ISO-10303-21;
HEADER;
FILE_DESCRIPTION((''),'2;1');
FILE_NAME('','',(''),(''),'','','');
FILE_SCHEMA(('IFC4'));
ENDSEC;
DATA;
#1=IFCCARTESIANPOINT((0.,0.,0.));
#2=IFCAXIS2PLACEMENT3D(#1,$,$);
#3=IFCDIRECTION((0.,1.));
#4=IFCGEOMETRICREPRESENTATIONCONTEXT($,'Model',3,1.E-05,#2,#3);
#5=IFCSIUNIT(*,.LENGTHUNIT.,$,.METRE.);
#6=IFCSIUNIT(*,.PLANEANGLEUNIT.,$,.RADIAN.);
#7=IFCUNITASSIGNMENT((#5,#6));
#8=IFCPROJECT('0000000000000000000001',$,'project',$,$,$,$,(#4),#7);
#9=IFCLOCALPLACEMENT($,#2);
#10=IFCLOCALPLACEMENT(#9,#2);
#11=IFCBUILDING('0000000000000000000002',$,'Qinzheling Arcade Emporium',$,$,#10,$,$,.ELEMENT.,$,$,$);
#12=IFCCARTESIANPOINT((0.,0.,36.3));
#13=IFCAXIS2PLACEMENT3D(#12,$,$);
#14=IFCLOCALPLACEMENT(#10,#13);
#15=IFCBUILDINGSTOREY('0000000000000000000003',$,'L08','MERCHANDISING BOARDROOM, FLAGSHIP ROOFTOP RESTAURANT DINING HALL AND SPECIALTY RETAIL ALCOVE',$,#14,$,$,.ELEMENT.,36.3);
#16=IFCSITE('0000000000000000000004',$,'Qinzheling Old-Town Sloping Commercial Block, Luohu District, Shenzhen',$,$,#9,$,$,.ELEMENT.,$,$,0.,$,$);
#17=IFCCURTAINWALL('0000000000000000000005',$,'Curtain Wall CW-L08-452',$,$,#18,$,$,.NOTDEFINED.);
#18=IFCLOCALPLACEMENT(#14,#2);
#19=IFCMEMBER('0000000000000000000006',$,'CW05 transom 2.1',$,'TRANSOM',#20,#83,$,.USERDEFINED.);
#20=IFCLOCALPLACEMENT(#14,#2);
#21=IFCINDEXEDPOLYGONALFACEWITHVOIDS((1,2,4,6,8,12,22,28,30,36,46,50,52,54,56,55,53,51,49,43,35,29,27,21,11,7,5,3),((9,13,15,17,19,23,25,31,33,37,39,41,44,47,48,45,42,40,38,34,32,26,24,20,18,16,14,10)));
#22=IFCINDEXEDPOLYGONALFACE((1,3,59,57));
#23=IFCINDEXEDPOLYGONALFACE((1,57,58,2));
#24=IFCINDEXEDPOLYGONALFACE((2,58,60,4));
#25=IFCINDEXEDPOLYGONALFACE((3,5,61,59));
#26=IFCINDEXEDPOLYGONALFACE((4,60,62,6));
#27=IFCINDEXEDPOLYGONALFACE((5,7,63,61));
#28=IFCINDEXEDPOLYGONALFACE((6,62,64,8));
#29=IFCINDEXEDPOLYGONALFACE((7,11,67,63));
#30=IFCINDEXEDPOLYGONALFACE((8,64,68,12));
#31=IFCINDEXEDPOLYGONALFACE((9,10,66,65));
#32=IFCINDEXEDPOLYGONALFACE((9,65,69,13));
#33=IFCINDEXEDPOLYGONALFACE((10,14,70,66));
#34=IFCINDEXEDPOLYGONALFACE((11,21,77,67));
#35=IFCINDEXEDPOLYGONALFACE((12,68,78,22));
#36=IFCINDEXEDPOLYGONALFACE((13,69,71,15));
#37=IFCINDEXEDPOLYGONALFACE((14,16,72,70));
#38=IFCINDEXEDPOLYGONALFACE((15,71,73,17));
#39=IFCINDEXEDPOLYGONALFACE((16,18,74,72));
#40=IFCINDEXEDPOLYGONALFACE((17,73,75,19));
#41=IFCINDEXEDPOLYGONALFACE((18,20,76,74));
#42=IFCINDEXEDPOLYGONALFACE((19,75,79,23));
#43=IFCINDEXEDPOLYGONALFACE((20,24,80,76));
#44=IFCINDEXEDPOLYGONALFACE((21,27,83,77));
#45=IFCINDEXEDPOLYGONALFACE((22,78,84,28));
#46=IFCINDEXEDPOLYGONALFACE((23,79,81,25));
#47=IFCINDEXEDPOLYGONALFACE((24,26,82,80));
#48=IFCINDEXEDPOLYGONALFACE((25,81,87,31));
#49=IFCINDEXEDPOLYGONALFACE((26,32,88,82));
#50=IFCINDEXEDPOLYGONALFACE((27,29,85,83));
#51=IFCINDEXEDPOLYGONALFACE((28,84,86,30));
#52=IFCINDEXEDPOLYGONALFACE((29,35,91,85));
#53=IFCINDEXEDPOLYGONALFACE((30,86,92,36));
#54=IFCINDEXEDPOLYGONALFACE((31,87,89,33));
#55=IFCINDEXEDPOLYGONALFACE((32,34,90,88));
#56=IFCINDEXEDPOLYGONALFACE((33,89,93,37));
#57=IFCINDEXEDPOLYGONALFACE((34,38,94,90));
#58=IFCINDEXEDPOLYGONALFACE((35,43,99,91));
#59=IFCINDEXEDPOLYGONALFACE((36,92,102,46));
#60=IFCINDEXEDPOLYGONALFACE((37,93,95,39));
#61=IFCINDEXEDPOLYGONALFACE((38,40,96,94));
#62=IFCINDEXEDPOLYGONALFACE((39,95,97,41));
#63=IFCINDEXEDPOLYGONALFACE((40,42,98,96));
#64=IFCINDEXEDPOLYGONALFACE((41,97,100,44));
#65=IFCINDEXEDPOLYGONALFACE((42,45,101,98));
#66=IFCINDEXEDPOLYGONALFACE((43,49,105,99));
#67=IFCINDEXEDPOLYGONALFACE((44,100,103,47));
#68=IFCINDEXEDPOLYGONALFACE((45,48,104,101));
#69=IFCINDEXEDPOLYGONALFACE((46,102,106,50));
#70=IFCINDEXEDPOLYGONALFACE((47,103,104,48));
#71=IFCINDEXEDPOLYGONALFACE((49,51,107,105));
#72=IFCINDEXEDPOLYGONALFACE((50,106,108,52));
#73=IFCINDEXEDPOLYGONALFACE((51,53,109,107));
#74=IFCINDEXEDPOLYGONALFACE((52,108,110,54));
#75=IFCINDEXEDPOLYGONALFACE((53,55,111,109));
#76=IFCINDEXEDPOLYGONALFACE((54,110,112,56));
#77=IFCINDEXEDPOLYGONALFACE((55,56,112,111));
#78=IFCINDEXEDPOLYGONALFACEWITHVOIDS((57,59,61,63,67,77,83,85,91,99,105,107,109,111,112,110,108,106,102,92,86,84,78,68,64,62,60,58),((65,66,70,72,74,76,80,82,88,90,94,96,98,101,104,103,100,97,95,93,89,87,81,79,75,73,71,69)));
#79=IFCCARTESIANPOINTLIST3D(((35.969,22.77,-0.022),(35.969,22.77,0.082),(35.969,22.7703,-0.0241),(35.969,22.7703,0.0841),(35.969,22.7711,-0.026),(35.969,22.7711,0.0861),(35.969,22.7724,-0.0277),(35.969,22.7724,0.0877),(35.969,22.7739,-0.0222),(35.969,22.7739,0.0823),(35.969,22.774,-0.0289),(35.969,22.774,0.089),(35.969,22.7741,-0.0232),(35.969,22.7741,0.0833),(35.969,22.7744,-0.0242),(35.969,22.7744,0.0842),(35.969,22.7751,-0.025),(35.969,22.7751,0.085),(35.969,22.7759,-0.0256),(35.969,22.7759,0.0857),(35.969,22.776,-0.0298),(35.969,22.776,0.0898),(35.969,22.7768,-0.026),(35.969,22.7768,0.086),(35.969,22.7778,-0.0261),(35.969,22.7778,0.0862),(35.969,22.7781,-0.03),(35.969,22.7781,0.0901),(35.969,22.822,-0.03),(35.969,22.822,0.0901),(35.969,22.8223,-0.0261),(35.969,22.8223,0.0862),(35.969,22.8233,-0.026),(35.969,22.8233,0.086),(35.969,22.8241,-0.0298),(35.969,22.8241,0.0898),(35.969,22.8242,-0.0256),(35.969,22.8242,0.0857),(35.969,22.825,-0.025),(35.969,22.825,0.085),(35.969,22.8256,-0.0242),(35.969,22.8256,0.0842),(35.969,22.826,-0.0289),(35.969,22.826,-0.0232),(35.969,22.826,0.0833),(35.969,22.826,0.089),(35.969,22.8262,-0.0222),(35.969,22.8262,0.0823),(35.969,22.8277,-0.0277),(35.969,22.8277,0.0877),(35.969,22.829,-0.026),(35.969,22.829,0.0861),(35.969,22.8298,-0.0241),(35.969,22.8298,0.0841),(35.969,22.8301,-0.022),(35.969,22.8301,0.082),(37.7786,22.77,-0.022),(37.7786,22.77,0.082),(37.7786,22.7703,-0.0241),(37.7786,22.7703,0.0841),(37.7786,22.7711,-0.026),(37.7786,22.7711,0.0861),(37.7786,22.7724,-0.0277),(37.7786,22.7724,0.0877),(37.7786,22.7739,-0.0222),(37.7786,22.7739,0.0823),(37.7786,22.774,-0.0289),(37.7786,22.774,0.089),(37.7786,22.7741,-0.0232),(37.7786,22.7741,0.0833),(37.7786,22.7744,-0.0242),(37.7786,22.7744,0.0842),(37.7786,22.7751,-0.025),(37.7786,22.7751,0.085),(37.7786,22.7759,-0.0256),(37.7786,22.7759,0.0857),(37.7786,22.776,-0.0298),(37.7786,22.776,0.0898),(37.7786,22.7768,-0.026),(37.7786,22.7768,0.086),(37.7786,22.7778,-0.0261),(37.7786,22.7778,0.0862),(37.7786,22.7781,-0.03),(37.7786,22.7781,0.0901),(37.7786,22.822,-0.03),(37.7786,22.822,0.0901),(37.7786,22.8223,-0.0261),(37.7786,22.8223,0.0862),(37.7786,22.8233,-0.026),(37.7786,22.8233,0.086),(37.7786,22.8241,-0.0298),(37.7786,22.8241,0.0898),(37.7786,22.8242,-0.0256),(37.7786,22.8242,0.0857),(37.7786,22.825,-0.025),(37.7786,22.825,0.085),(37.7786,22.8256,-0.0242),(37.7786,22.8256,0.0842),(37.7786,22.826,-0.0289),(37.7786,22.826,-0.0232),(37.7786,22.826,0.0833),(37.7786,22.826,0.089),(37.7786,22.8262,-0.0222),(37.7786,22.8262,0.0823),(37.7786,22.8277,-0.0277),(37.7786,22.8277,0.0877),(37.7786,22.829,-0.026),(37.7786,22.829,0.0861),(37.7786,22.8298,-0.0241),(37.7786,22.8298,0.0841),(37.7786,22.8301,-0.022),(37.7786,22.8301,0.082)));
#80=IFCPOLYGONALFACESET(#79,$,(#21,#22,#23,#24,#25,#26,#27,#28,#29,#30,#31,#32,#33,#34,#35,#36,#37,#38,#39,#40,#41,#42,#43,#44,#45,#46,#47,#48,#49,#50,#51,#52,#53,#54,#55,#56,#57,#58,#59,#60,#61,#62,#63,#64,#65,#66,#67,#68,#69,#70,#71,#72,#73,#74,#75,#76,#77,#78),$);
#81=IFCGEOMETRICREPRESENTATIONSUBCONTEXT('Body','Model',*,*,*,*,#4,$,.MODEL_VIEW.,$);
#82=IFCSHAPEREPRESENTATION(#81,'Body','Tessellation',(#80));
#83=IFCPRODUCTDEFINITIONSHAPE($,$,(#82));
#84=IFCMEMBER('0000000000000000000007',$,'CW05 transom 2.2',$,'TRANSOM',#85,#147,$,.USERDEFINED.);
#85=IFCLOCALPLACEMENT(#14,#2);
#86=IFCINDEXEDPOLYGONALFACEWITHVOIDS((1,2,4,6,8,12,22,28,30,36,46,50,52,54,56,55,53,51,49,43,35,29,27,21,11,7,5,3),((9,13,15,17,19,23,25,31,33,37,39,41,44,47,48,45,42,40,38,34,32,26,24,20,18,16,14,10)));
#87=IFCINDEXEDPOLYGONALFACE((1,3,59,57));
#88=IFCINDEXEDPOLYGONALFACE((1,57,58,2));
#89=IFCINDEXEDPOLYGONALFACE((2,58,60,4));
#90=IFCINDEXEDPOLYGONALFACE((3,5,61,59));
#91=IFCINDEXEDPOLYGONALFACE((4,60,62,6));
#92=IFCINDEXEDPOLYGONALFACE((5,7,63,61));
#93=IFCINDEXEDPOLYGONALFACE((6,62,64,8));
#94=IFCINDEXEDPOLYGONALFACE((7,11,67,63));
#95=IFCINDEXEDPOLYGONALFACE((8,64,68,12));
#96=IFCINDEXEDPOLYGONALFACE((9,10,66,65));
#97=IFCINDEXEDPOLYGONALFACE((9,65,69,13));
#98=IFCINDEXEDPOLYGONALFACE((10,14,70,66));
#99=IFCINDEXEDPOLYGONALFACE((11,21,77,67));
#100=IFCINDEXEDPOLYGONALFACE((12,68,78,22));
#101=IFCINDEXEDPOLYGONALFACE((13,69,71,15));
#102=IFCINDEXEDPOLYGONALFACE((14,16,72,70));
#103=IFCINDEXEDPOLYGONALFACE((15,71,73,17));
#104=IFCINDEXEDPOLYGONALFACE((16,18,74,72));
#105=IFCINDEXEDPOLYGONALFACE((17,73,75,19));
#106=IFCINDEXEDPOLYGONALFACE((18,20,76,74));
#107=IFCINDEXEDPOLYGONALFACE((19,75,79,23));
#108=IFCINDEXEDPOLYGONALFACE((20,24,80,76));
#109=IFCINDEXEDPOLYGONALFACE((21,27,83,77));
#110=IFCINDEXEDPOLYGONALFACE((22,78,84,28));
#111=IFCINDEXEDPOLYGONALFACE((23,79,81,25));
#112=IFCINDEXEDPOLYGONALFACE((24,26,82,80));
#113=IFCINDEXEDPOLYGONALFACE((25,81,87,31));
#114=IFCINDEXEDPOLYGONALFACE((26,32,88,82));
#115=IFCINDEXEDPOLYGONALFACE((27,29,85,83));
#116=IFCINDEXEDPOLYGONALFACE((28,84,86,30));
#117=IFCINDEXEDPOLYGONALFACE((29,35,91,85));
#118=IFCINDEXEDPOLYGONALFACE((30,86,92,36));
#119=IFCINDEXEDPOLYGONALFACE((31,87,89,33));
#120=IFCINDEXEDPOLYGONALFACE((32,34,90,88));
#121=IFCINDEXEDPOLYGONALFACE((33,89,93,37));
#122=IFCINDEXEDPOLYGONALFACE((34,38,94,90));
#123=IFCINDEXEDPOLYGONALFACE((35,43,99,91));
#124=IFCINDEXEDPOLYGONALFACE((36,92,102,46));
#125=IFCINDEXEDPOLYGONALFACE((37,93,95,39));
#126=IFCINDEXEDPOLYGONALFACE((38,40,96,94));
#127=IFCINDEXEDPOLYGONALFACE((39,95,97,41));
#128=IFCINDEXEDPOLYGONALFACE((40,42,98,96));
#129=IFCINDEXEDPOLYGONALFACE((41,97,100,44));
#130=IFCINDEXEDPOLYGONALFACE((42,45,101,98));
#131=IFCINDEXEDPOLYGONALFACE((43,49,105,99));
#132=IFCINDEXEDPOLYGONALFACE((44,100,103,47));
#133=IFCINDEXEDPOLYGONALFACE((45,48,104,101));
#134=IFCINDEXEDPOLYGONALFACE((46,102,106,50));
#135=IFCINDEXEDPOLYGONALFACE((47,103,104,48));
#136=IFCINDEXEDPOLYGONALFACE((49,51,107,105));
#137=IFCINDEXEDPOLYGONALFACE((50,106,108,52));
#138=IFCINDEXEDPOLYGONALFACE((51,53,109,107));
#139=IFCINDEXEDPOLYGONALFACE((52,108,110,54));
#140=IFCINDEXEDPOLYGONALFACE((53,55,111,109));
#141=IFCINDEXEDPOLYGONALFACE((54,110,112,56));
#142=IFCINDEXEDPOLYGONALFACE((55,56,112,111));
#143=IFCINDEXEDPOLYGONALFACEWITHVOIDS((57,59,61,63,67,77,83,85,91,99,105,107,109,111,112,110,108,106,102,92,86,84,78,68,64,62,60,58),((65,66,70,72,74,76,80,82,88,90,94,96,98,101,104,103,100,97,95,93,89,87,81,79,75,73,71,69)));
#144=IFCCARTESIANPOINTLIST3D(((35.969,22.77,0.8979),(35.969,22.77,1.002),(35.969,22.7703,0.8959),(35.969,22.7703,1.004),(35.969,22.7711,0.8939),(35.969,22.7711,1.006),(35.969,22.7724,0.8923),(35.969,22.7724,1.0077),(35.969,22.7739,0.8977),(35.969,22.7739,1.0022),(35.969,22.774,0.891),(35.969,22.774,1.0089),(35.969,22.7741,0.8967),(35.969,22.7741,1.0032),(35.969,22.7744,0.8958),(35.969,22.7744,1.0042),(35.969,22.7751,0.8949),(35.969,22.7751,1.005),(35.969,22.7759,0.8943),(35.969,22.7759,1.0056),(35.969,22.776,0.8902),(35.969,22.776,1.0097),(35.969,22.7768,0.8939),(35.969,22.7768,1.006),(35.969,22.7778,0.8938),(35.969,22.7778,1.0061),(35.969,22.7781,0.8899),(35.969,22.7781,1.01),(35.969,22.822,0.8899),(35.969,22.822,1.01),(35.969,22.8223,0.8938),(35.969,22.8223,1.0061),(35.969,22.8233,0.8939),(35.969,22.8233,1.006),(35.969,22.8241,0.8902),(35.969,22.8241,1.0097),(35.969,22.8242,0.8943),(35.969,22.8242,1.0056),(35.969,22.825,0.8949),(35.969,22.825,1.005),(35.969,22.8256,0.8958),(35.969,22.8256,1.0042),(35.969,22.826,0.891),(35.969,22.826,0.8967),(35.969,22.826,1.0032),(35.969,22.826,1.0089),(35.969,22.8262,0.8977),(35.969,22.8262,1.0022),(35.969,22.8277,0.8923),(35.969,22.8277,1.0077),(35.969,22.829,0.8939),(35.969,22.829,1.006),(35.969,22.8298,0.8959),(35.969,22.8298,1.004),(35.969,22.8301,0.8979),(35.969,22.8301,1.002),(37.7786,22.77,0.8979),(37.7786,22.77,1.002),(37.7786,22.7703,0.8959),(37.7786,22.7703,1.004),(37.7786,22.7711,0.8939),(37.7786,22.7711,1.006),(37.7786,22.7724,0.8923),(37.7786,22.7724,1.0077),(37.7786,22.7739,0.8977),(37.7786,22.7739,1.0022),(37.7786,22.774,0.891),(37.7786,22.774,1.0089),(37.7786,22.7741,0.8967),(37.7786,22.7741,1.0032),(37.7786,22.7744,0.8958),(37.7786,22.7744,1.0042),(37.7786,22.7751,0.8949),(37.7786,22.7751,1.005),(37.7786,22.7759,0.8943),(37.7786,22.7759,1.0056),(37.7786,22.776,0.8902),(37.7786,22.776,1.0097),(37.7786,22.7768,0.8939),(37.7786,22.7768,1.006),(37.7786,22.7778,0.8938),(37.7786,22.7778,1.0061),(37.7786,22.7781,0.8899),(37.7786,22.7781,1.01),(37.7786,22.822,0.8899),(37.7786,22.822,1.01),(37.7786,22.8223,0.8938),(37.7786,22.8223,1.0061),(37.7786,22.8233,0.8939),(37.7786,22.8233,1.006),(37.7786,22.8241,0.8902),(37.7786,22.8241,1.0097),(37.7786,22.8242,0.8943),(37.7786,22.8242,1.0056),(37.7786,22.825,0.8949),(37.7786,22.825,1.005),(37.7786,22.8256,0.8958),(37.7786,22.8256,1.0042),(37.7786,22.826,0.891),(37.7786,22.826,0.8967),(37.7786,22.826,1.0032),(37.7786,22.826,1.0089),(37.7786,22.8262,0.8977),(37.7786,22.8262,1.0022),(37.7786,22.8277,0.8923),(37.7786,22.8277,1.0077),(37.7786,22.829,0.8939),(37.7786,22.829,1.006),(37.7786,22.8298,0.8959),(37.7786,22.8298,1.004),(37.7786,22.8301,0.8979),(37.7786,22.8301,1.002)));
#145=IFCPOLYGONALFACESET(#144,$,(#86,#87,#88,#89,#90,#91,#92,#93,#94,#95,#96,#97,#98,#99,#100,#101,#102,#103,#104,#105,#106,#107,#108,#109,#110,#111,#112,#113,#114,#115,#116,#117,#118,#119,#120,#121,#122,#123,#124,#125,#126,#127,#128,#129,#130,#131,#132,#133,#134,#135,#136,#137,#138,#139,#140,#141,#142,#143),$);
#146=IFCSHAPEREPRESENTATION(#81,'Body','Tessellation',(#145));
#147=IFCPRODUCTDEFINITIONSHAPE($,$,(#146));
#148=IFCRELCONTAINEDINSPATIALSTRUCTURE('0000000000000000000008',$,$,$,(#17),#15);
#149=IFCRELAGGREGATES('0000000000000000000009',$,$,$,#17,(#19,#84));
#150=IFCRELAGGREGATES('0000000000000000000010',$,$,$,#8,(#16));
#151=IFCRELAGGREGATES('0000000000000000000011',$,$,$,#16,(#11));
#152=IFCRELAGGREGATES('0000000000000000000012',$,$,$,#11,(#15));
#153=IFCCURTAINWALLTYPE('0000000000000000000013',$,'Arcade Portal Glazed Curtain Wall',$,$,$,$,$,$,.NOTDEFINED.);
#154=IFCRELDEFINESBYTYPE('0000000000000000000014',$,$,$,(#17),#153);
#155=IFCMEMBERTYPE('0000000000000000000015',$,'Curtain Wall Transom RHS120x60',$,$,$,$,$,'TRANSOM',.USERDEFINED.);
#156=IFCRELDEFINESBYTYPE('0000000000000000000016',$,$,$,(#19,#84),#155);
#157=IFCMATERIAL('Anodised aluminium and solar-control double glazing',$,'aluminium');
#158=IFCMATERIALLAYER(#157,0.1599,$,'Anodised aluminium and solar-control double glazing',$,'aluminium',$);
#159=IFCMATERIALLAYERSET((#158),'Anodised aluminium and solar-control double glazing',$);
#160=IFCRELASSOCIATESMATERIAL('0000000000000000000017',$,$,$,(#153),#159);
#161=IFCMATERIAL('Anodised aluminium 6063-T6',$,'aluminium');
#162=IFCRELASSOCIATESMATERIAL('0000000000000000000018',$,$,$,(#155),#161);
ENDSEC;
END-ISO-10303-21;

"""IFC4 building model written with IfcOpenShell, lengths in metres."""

from ifc_helpers import new_model, si_unit, direction, frame, origin, origin_2d, place, context, subcontext, project, spatial, hollow_rectangle, extrude, material, layer, layer_set, material_profile, profile_set, type_object, element, aggregate, save


model = new_model("IFC4")

# Units and contexts
model_context = context("Model", 3, precision=1e-05, world=origin(), true_north=direction((0.0, 1.0)))
body_context = subcontext(model_context, "Body", "Model", "MODEL_VIEW")
ifc_project = project(units=[si_unit("LENGTHUNIT", "METRE"), si_unit("PLANEANGLEUNIT", "RADIAN")], contexts=[model_context])

# Site, building, storey
site_placement = place(None, origin())
site = spatial("IfcSite", under=ifc_project, at=site_placement, Name="Qinzheling Old-Town Sloping Commercial Block, Luohu District, Shenzhen", CompositionType="ELEMENT", RefElevation=0.0)
building_placement = place(site_placement, origin())
building = spatial("IfcBuilding", under=site, at=building_placement, Name="Qinzheling Arcade Emporium", CompositionType="ELEMENT")
storey_placement = place(building_placement, frame((0.0, 0.0, 36.3)))
storey = spatial("IfcBuildingStorey", under=building, at=storey_placement, Name="L08", Description="MERCHANDISING BOARDROOM, FLAGSHIP ROOFTOP RESTAURANT DINING HALL AND SPECIALTY RETAIL ALCOVE", CompositionType="ELEMENT", Elevation=36.3)

# Shared definitions
ifc_material_1 = material(Name="Anodised aluminium and solar-control double glazing", Category="aluminium")
ifc_layer_1 = layer(ifc_material_1, 0.1599, Name="Anodised aluminium and solar-control double glazing", Category="aluminium")
ifc_layer_set_1 = layer_set([ifc_layer_1], Name="Anodised aluminium and solar-control double glazing")
curtain_wall_type = type_object("IfcCurtainWallType", Name="Arcade Portal Glazed Curtain Wall", PredefinedType="NOTDEFINED", material=ifc_layer_set_1)
ifc_material_2 = material(Name="Anodised aluminium 6063-T6", Category="aluminium")

# Curtain wall, members
curtain_wall_1_placement = place(storey_placement, origin())
curtain_wall_1 = element("IfcCurtainWall", 1, at=curtain_wall_1_placement, inside=storey, type_object=curtain_wall_type, Name="Curtain Wall CW-L08-452", PredefinedType="NOTDEFINED")
ifc_material_profile_1 = material_profile(ifc_material_2, hollow_rectangle(XDim=0.0601, YDim=0.1201, WallThickness=0.0039, InnerFilletRadius=0.0039, OuterFilletRadius=0.0081, at=origin_2d()), Name="RHS 120x60x4", Category="aluminium")
ifc_profile_set_1 = profile_set([ifc_material_profile_1], Name="Anodised aluminium 6063-T6")
member_type_1 = type_object("IfcMemberType", Name="Curtain Wall Transom RHS120x60", ElementType="TRANSOM", PredefinedType="USERDEFINED", material=ifc_profile_set_1)
member_1_placement = place(storey_placement, frame((37.7786, 22.8, 0.03), z_axis=(-1.0, 0.0, 0.0), x_axis=(0.0, -1.0, 0.0)))
member_1 = element("IfcMember", 2, at=member_1_placement, type_object=member_type_1, Name="CW05 transom 2.1", ObjectType="TRANSOM", PredefinedType="USERDEFINED", context=body_context, shape_type="SweptSolid", body=[
    extrude(hollow_rectangle(XDim=0.0601, YDim=0.1201, WallThickness=0.0039, InnerFilletRadius=0.0039, OuterFilletRadius=0.0081, at=origin_2d()), origin(), (0.0, 0.0, 1.0), 1.8096),
])
member_2_placement = place(storey_placement, frame((37.7786, 22.8, 0.95), z_axis=(-1.0, 0.0, 0.0), x_axis=(0.0, -1.0, 0.0)))
member_2 = element("IfcMember", 3, at=member_2_placement, type_object=member_type_1, Name="CW05 transom 2.2", ObjectType="TRANSOM", PredefinedType="USERDEFINED", context=body_context, shape_type="SweptSolid", body=[
    extrude(hollow_rectangle(XDim=0.0601, YDim=0.1201, WallThickness=0.0039, InnerFilletRadius=0.0039, OuterFilletRadius=0.0081, at=origin_2d()), origin(), (0.0, 0.0, 1.0), 1.8096),
])

aggregate(curtain_wall_1, [member_1, member_2])

save(model, "model.ifc")
